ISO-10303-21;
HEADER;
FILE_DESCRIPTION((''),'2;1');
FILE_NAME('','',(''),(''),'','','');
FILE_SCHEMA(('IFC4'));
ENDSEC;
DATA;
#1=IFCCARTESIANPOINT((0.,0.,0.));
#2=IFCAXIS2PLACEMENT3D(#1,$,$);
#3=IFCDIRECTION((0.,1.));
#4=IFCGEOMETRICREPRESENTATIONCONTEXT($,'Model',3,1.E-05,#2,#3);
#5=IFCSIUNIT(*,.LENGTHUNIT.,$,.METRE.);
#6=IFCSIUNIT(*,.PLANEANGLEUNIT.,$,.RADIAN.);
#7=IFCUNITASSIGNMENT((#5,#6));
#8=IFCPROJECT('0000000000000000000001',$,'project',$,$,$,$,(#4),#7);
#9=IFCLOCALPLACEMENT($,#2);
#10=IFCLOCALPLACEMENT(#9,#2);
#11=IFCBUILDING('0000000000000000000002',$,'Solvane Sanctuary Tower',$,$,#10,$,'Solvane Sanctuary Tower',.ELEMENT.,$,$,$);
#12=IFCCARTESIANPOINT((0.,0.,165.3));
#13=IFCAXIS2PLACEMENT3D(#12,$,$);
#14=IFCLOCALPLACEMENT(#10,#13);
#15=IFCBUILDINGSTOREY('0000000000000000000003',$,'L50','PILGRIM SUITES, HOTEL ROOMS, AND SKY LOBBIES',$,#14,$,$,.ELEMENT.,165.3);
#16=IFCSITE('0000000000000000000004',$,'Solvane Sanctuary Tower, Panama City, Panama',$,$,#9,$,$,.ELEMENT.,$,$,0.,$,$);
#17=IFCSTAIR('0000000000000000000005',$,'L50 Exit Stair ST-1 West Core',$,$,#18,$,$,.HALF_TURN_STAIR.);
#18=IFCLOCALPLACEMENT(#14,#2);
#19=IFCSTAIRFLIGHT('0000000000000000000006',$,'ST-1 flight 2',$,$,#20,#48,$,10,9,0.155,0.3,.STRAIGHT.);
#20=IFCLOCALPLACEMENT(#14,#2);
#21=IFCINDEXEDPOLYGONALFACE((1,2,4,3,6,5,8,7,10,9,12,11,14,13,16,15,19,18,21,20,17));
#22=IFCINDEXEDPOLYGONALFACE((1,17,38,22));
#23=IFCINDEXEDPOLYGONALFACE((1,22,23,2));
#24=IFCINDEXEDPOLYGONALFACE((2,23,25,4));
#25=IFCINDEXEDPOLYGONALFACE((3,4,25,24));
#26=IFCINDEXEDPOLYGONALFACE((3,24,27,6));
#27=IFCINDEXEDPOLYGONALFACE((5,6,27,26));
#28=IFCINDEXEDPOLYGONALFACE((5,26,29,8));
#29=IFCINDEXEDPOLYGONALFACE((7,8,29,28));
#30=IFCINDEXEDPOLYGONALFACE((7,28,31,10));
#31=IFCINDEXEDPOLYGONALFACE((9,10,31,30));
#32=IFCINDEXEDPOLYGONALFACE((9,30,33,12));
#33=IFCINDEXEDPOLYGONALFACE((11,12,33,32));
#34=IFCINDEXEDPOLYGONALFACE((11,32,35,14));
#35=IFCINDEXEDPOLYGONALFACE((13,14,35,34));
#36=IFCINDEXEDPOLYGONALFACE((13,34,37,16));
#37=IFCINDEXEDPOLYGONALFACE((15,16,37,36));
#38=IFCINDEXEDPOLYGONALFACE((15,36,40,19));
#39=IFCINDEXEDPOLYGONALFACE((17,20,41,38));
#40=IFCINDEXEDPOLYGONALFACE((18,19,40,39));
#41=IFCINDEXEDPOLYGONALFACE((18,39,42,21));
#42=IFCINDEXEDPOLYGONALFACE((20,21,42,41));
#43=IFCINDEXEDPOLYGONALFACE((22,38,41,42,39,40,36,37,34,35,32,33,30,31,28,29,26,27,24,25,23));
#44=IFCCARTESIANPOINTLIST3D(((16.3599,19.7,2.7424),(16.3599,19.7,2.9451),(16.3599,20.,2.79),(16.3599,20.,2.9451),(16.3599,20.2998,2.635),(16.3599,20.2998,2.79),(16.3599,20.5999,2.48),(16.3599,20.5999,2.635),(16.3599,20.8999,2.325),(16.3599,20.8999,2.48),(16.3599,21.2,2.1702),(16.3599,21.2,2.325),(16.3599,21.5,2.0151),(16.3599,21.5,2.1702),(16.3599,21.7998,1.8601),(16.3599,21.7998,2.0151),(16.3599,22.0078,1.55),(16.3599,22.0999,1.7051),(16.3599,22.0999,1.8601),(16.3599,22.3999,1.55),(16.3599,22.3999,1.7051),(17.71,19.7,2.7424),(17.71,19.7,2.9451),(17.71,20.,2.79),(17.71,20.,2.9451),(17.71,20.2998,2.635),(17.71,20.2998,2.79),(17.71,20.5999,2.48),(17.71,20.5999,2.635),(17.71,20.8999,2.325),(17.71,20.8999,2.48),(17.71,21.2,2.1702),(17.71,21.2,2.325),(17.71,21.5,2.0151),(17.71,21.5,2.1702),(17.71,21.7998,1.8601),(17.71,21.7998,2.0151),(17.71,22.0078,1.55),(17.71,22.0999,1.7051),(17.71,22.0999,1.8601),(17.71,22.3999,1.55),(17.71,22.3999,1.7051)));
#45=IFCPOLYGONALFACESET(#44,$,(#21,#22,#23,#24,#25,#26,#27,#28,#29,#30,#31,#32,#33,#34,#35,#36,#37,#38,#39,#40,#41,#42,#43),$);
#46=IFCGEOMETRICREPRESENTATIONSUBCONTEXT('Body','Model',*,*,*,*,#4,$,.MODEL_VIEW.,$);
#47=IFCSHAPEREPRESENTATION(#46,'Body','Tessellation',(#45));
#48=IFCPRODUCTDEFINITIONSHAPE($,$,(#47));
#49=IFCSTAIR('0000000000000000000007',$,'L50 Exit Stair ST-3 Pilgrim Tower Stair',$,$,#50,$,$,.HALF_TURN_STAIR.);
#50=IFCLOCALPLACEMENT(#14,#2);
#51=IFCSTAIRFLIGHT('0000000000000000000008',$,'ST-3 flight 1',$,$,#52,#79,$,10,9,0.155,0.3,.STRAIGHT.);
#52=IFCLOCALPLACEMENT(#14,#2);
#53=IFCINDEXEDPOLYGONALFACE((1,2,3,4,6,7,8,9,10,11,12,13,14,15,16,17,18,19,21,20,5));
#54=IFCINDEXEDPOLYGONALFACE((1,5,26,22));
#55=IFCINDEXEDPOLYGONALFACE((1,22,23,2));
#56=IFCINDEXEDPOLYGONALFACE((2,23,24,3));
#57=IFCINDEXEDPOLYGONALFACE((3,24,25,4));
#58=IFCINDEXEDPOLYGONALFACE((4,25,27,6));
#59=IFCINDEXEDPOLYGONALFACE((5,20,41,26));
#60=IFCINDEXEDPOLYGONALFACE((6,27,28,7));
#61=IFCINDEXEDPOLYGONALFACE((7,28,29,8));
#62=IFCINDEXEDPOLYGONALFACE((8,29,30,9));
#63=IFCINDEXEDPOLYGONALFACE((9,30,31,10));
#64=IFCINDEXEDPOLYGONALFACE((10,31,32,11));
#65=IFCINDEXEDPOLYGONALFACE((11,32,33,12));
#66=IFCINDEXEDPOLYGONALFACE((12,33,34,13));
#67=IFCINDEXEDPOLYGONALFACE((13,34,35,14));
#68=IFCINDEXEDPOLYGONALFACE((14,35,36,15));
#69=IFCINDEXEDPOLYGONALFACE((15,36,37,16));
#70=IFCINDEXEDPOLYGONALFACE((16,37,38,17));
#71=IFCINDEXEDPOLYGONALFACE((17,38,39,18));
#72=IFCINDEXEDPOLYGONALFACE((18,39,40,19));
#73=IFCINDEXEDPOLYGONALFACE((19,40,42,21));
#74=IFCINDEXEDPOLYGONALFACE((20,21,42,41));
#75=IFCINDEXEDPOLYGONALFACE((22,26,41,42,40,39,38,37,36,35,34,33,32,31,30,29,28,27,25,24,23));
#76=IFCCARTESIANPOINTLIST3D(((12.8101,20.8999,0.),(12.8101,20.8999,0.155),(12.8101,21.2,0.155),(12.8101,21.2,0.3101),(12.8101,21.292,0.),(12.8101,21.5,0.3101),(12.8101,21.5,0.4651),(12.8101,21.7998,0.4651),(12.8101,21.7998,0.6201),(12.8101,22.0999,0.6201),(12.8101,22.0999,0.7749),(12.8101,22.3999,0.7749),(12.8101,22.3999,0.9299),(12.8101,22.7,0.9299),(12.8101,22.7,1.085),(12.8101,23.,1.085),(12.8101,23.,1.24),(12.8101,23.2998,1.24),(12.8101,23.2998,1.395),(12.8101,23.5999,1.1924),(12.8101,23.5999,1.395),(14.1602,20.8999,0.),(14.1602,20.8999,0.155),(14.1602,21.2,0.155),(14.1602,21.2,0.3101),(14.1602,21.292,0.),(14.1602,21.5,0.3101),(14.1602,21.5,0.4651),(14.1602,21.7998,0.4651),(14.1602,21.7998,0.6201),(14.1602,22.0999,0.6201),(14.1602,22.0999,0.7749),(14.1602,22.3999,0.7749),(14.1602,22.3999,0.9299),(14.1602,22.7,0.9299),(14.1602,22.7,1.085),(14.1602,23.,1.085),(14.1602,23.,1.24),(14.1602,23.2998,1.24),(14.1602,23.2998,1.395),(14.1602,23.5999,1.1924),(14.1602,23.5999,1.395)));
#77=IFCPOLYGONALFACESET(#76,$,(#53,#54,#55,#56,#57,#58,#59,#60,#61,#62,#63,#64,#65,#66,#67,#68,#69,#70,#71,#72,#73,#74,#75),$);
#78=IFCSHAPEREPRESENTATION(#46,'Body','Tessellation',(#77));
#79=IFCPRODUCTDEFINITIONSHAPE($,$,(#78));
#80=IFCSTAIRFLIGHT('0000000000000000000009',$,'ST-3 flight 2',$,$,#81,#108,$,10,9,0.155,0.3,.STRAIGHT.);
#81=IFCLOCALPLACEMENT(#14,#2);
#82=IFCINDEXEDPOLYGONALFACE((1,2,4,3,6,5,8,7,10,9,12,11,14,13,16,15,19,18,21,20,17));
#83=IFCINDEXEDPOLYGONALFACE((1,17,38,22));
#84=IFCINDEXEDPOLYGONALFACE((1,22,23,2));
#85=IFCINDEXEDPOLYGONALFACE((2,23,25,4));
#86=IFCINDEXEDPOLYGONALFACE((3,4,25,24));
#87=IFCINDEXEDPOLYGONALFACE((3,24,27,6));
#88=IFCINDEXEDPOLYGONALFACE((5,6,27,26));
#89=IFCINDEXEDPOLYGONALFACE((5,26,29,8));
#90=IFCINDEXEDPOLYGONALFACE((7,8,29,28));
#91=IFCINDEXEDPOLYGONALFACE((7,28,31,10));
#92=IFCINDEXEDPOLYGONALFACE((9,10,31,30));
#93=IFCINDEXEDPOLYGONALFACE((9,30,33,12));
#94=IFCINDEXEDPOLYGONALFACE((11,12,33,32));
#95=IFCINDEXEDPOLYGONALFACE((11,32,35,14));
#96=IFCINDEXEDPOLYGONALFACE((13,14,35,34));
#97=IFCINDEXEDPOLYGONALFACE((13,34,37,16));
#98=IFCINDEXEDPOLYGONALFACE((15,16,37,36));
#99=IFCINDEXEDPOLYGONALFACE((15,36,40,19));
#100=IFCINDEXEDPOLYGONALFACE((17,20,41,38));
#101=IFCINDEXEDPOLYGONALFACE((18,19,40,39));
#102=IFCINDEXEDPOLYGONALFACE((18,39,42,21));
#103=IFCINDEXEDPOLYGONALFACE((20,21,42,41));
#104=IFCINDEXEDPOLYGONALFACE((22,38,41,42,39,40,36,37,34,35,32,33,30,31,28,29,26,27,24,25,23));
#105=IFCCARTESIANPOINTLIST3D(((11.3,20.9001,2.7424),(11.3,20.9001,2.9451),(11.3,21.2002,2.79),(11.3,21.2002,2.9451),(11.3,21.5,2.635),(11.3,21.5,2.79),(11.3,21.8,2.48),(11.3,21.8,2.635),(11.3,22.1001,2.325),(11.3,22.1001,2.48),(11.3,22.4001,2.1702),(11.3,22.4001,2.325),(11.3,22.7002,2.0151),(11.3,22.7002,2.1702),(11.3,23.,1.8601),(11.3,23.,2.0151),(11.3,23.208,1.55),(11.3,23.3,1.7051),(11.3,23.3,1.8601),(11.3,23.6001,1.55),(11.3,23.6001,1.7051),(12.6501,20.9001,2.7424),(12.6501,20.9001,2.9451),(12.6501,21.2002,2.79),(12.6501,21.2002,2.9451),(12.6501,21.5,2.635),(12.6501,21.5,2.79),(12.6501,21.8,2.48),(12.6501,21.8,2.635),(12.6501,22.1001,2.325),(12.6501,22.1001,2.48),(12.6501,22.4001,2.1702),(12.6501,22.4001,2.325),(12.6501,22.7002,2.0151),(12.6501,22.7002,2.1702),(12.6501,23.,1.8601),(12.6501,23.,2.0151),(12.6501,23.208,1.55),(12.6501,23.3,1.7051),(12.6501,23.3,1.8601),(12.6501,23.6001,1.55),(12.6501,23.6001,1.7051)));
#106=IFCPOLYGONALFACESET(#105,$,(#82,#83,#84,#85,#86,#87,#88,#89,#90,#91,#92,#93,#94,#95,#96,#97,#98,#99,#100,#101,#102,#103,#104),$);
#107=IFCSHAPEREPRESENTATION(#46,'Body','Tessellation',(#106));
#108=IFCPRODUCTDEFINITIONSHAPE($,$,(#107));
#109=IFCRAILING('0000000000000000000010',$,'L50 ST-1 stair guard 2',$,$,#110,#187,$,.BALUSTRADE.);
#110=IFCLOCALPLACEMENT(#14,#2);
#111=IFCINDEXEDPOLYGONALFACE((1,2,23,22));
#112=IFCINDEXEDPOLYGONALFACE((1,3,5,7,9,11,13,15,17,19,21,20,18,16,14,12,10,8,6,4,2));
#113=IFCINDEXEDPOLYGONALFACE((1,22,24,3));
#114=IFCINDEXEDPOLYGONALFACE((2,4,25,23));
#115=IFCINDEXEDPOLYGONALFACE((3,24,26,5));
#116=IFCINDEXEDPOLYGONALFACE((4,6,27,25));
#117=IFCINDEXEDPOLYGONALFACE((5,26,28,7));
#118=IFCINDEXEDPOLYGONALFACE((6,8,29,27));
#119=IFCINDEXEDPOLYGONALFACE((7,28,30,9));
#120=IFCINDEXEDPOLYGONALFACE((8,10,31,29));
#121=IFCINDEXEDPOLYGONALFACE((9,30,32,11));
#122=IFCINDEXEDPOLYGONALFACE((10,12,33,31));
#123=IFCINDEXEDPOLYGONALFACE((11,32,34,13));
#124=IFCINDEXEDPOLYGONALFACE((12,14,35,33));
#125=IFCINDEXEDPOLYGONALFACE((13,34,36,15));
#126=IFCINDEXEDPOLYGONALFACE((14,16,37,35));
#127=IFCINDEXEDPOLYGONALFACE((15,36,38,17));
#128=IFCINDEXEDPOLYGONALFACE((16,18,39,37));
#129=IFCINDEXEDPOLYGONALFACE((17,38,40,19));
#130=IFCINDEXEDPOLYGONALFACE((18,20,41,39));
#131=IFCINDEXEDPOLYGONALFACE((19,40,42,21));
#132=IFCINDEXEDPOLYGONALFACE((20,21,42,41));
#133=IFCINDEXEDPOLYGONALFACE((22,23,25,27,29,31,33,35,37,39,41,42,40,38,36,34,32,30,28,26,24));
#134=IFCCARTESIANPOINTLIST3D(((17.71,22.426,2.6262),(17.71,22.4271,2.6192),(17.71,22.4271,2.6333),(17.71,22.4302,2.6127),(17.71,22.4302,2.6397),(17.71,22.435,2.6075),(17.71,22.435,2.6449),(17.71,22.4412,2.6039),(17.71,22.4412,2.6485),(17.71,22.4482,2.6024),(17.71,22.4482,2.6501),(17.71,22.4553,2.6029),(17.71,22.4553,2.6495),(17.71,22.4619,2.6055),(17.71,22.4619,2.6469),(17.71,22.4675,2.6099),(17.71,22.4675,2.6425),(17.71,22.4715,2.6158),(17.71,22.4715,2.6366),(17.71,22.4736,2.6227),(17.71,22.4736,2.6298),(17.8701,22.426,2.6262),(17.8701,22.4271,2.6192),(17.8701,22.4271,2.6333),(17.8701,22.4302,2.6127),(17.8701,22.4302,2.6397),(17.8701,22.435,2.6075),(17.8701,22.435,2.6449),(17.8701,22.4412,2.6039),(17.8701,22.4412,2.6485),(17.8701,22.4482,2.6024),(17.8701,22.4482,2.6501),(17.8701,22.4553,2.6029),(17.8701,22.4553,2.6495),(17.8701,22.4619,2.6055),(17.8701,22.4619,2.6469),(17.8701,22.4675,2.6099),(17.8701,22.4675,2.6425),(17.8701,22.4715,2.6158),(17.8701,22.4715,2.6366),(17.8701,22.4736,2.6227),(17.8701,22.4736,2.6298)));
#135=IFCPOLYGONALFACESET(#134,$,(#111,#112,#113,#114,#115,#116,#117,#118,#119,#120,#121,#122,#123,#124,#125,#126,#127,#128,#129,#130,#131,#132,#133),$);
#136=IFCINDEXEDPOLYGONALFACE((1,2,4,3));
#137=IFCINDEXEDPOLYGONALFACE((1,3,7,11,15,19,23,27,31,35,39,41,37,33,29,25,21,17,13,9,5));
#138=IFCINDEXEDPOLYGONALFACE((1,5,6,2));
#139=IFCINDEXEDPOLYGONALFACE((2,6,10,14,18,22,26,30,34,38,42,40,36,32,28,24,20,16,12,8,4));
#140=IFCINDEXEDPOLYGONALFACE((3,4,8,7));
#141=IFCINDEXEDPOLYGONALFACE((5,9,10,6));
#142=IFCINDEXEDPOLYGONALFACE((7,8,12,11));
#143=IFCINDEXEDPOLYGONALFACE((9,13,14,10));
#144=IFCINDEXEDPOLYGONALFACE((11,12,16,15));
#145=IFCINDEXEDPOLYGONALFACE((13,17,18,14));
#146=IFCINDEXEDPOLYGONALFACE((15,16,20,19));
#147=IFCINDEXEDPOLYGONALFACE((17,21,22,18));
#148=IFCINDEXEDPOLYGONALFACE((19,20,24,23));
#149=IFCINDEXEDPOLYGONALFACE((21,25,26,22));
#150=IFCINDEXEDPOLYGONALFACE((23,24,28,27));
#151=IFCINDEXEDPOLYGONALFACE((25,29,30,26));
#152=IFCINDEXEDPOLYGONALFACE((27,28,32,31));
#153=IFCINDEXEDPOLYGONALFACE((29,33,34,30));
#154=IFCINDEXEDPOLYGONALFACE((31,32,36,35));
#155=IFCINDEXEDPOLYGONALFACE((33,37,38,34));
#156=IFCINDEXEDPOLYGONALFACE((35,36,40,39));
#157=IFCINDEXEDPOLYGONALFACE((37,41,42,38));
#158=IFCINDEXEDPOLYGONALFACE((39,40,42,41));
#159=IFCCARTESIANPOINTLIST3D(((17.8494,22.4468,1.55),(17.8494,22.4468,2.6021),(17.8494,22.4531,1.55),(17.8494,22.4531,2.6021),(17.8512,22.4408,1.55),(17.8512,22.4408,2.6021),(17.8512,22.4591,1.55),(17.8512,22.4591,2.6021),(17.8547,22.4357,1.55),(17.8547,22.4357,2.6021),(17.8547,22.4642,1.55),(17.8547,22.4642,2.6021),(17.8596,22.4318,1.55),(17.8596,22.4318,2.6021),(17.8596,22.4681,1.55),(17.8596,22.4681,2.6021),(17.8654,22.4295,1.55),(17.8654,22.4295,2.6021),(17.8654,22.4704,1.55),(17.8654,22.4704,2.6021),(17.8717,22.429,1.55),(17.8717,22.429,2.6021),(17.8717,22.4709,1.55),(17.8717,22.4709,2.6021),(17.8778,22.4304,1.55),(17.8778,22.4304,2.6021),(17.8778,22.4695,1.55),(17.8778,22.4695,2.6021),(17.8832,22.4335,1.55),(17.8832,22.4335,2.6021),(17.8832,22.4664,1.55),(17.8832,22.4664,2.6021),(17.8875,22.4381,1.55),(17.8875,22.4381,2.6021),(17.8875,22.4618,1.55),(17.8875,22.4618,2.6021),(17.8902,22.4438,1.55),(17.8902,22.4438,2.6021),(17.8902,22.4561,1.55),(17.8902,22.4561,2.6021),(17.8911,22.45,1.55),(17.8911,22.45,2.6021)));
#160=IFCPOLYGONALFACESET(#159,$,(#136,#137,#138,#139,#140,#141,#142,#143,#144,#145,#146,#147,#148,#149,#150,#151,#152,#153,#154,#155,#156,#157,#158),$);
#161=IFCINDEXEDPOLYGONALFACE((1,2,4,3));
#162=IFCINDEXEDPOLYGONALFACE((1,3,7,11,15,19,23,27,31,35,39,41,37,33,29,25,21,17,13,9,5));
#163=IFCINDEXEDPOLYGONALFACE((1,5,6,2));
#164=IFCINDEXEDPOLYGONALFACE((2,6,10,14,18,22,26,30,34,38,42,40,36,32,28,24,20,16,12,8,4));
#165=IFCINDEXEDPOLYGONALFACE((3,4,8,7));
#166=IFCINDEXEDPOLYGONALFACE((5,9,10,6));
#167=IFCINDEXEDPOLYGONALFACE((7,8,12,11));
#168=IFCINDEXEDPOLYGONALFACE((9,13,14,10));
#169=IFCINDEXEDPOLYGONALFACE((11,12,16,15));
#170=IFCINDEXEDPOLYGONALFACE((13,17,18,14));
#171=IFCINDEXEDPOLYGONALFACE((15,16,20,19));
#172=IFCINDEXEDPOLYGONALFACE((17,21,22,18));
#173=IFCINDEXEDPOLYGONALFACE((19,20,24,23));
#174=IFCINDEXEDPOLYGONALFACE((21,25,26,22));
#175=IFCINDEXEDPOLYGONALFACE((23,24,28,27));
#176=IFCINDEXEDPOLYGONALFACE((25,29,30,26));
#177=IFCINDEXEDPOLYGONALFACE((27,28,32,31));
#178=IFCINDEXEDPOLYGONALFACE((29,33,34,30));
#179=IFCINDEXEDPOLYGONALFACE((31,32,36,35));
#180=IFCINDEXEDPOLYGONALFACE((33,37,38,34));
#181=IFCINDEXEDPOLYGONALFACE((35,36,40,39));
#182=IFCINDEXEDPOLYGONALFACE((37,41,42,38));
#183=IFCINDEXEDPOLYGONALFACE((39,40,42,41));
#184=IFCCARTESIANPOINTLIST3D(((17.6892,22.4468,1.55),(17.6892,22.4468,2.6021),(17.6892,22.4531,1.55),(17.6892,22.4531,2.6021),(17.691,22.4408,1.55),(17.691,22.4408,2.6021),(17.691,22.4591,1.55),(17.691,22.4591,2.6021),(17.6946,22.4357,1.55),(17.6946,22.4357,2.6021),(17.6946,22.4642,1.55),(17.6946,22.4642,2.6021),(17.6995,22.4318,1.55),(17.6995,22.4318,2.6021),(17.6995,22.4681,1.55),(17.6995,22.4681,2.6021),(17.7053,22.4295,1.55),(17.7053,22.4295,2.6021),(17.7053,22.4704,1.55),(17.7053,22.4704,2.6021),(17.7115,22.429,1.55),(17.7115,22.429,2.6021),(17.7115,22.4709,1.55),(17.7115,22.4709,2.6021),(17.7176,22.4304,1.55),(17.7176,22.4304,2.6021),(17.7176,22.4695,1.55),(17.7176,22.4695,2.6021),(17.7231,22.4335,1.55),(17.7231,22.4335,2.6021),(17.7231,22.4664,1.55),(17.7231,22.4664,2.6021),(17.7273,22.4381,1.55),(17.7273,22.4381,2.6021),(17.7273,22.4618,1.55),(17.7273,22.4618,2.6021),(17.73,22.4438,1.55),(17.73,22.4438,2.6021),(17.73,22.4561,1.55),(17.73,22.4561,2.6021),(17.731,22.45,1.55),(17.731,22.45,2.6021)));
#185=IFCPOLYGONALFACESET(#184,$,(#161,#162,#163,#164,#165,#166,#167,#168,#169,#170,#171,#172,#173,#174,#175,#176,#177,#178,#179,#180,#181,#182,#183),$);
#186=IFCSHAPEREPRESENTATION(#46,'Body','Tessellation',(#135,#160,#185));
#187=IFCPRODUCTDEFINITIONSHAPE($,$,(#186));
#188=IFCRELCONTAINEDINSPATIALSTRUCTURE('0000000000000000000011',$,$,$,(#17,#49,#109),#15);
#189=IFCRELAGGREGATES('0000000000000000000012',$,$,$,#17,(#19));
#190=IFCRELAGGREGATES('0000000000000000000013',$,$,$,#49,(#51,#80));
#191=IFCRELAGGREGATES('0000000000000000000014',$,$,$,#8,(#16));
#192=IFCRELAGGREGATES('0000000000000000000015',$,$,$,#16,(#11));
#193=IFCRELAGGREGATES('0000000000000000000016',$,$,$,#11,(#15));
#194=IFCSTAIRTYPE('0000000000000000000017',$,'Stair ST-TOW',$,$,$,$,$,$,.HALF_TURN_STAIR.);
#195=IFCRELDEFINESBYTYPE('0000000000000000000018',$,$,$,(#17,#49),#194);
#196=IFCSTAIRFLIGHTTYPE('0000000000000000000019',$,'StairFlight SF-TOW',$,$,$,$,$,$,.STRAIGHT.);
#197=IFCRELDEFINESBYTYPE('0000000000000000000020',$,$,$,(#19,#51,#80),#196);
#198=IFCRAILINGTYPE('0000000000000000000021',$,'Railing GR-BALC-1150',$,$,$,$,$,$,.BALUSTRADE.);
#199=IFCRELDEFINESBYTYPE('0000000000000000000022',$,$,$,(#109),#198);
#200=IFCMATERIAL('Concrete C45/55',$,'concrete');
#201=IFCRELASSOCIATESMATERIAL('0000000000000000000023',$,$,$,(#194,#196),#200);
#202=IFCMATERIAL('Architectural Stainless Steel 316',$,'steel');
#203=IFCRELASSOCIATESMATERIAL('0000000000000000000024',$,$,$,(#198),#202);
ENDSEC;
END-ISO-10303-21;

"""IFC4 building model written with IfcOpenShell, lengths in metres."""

from ifc_helpers import new_model, si_unit, direction, frame, origin, origin_2d, place, context, subcontext, project, spatial, polyline, circle, outline, extrude, material, type_object, element, aggregate, save


model = new_model("IFC4")

# Units and contexts
model_context = context("Model", 3, precision=1e-05, world=origin(), true_north=direction((0.0, 1.0)))
body_context = subcontext(model_context, "Body", "Model", "MODEL_VIEW")
ifc_project = project(units=[si_unit("LENGTHUNIT", "METRE"), si_unit("PLANEANGLEUNIT", "RADIAN")], contexts=[model_context])

# Site, building, storey
site_placement = place(None, origin())
site = spatial("IfcSite", under=ifc_project, at=site_placement, Name="Solvane Sanctuary Tower, Panama City, Panama", CompositionType="ELEMENT", RefElevation=0.0)
building_placement = place(site_placement, origin())
building = spatial("IfcBuilding", under=site, at=building_placement, Name="Solvane Sanctuary Tower", LongName="Solvane Sanctuary Tower", CompositionType="ELEMENT")
storey_placement = place(building_placement, frame((0.0, 0.0, 165.3)))
storey = spatial("IfcBuildingStorey", under=building, at=storey_placement, Name="L50", Description="PILGRIM SUITES, HOTEL ROOMS, AND SKY LOBBIES", CompositionType="ELEMENT", Elevation=165.3)

# Stair, stair flight
ifc_material_1 = material(Name="Concrete C45/55", Category="concrete")
stair_type = type_object("IfcStairType", Name="Stair ST-TOW", PredefinedType="HALF_TURN_STAIR", material=ifc_material_1)
stair_1_placement = place(storey_placement, origin())
stair_1 = element("IfcStair", 1, at=stair_1_placement, inside=storey, type_object=stair_type, Name="L50 Exit Stair ST-1 West Core", PredefinedType="HALF_TURN_STAIR")
stair_flight_type = type_object("IfcStairFlightType", Name="StairFlight SF-TOW", PredefinedType="STRAIGHT", material=ifc_material_1)
stair_flight_1_placement = place(storey_placement, frame((17.0349, 22.3999, 1.55), z_axis=(0.0, 0.0, 1.0), x_axis=(0.0, -1.0, 0.0)))
stair_flight_1 = element("IfcStairFlight", 2, at=stair_flight_1_placement, type_object=stair_flight_type, Name="ST-1 flight 2", NumberOfRisers=10, NumberOfTreads=9, PredefinedType="STRAIGHT", RiserHeight=0.155, TreadLength=0.3, context=body_context, shape_type="SweptSolid", body=[
    extrude(outline(polyline([(0.0, 0.0), (0.0, 0.155), (0.3, 0.155), (0.3, 0.3101), (0.6001, 0.3101), (0.6001, 0.4651), (0.8999, 0.4651), (0.8999, 0.6201), (1.2, 0.6201), (1.2, 0.7749), (1.5, 0.7749), (1.5, 0.9299), (1.8, 0.9299), (1.8, 1.085), (2.1001, 1.085), (2.1001, 1.24), (2.3999, 1.24), (2.3999, 1.395), (2.7, 1.395), (2.7, 1.55), (2.7, 1.1924), (0.3921, 0.0), (0.0, 0.0)])), frame((0.0, 0.675, 0.0), z_axis=(0.0, -1.0, 0.0), x_axis=(1.0, 0.0, 0.0)), (0.0, 0.0, 1.0), 1.3501),
])
aggregate(stair_1, [stair_flight_1])

# Stair, stair flights
stair_2_placement = place(storey_placement, origin())
stair_2 = element("IfcStair", 3, at=stair_2_placement, inside=storey, type_object=stair_type, Name="L50 Exit Stair ST-3 Pilgrim Tower Stair", PredefinedType="HALF_TURN_STAIR")
stair_flight_2_placement = place(storey_placement, frame((13.4851, 20.8999, 0.0), z_axis=(0.0, 0.0, 1.0), x_axis=(0.0, 1.0, 0.0)))
stair_flight_2 = element("IfcStairFlight", 4, at=stair_flight_2_placement, type_object=stair_flight_type, Name="ST-3 flight 1", NumberOfRisers=10, NumberOfTreads=9, PredefinedType="STRAIGHT", RiserHeight=0.155, TreadLength=0.3, context=body_context, shape_type="SweptSolid", body=[
    extrude(outline(polyline([(0.0, 0.0), (0.0, 0.155), (0.3, 0.155), (0.3, 0.3101), (0.6001, 0.3101), (0.6001, 0.4651), (0.8999, 0.4651), (0.8999, 0.6201), (1.2, 0.6201), (1.2, 0.7749), (1.5, 0.7749), (1.5, 0.9299), (1.8, 0.9299), (1.8, 1.085), (2.1001, 1.085), (2.1001, 1.24), (2.3999, 1.24), (2.3999, 1.395), (2.7, 1.395), (2.7, 1.55), (2.7, 1.1924), (0.3921, 0.0), (0.0, 0.0)])), frame((0.0, 0.675, 0.0), z_axis=(0.0, -1.0, 0.0), x_axis=(1.0, 0.0, 0.0)), (0.0, 0.0, 1.0), 1.3501),
])
stair_flight_3_placement = place(storey_placement, frame((11.9751, 23.6001, 1.55), z_axis=(0.0, 0.0, 1.0), x_axis=(0.0, -1.0, 0.0)))
stair_flight_3 = element("IfcStairFlight", 5, at=stair_flight_3_placement, type_object=stair_flight_type, Name="ST-3 flight 2", NumberOfRisers=10, NumberOfTreads=9, PredefinedType="STRAIGHT", RiserHeight=0.155, TreadLength=0.3, context=body_context, shape_type="SweptSolid", body=[
    extrude(outline(polyline([(0.0, 0.0), (0.0, 0.155), (0.3, 0.155), (0.3, 0.3101), (0.6001, 0.3101), (0.6001, 0.4651), (0.8999, 0.4651), (0.8999, 0.6201), (1.2, 0.6201), (1.2, 0.7749), (1.5, 0.7749), (1.5, 0.9299), (1.8, 0.9299), (1.8, 1.085), (2.1001, 1.085), (2.1001, 1.24), (2.3999, 1.24), (2.3999, 1.395), (2.7, 1.395), (2.7, 1.55), (2.7, 1.1924), (0.3921, 0.0), (0.0, 0.0)])), frame((0.0, 0.675, 0.0), z_axis=(0.0, -1.0, 0.0), x_axis=(1.0, 0.0, 0.0)), (0.0, 0.0, 1.0), 1.3501),
])
aggregate(stair_2, [stair_flight_2, stair_flight_3])

# Railing
ifc_material_2 = material(Name="Architectural Stainless Steel 316", Category="steel")
railing_type_1 = type_object("IfcRailingType", Name="Railing GR-BALC-1150", PredefinedType="BALUSTRADE", material=ifc_material_2)
railing_1_placement = place(storey_placement, frame((17.8701, 22.45, 1.55)))
element("IfcRailing", 6, at=railing_1_placement, inside=storey, type_object=railing_type_1, Name="L50 ST-1 stair guard 2", PredefinedType="BALUSTRADE", context=body_context, shape_type="SweptSolid", body=[
    extrude(circle(Radius=0.0239, at=origin_2d()), frame((0.0, 0.0, 1.0762), z_axis=(-1.0, 0.0, 0.0), x_axis=(0.0, -1.0, 0.0)), (0.0, 0.0, 1.0), 0.1602),
    extrude(circle(Radius=0.021, at=origin_2d()), origin(), (0.0, 0.0, 1.0), 1.052),
    extrude(circle(Radius=0.021, at=origin_2d()), frame((-0.1602, 0.0, 0.0)), (0.0, 0.0, 1.0), 1.052),
])

save(model, "model.ifc")
